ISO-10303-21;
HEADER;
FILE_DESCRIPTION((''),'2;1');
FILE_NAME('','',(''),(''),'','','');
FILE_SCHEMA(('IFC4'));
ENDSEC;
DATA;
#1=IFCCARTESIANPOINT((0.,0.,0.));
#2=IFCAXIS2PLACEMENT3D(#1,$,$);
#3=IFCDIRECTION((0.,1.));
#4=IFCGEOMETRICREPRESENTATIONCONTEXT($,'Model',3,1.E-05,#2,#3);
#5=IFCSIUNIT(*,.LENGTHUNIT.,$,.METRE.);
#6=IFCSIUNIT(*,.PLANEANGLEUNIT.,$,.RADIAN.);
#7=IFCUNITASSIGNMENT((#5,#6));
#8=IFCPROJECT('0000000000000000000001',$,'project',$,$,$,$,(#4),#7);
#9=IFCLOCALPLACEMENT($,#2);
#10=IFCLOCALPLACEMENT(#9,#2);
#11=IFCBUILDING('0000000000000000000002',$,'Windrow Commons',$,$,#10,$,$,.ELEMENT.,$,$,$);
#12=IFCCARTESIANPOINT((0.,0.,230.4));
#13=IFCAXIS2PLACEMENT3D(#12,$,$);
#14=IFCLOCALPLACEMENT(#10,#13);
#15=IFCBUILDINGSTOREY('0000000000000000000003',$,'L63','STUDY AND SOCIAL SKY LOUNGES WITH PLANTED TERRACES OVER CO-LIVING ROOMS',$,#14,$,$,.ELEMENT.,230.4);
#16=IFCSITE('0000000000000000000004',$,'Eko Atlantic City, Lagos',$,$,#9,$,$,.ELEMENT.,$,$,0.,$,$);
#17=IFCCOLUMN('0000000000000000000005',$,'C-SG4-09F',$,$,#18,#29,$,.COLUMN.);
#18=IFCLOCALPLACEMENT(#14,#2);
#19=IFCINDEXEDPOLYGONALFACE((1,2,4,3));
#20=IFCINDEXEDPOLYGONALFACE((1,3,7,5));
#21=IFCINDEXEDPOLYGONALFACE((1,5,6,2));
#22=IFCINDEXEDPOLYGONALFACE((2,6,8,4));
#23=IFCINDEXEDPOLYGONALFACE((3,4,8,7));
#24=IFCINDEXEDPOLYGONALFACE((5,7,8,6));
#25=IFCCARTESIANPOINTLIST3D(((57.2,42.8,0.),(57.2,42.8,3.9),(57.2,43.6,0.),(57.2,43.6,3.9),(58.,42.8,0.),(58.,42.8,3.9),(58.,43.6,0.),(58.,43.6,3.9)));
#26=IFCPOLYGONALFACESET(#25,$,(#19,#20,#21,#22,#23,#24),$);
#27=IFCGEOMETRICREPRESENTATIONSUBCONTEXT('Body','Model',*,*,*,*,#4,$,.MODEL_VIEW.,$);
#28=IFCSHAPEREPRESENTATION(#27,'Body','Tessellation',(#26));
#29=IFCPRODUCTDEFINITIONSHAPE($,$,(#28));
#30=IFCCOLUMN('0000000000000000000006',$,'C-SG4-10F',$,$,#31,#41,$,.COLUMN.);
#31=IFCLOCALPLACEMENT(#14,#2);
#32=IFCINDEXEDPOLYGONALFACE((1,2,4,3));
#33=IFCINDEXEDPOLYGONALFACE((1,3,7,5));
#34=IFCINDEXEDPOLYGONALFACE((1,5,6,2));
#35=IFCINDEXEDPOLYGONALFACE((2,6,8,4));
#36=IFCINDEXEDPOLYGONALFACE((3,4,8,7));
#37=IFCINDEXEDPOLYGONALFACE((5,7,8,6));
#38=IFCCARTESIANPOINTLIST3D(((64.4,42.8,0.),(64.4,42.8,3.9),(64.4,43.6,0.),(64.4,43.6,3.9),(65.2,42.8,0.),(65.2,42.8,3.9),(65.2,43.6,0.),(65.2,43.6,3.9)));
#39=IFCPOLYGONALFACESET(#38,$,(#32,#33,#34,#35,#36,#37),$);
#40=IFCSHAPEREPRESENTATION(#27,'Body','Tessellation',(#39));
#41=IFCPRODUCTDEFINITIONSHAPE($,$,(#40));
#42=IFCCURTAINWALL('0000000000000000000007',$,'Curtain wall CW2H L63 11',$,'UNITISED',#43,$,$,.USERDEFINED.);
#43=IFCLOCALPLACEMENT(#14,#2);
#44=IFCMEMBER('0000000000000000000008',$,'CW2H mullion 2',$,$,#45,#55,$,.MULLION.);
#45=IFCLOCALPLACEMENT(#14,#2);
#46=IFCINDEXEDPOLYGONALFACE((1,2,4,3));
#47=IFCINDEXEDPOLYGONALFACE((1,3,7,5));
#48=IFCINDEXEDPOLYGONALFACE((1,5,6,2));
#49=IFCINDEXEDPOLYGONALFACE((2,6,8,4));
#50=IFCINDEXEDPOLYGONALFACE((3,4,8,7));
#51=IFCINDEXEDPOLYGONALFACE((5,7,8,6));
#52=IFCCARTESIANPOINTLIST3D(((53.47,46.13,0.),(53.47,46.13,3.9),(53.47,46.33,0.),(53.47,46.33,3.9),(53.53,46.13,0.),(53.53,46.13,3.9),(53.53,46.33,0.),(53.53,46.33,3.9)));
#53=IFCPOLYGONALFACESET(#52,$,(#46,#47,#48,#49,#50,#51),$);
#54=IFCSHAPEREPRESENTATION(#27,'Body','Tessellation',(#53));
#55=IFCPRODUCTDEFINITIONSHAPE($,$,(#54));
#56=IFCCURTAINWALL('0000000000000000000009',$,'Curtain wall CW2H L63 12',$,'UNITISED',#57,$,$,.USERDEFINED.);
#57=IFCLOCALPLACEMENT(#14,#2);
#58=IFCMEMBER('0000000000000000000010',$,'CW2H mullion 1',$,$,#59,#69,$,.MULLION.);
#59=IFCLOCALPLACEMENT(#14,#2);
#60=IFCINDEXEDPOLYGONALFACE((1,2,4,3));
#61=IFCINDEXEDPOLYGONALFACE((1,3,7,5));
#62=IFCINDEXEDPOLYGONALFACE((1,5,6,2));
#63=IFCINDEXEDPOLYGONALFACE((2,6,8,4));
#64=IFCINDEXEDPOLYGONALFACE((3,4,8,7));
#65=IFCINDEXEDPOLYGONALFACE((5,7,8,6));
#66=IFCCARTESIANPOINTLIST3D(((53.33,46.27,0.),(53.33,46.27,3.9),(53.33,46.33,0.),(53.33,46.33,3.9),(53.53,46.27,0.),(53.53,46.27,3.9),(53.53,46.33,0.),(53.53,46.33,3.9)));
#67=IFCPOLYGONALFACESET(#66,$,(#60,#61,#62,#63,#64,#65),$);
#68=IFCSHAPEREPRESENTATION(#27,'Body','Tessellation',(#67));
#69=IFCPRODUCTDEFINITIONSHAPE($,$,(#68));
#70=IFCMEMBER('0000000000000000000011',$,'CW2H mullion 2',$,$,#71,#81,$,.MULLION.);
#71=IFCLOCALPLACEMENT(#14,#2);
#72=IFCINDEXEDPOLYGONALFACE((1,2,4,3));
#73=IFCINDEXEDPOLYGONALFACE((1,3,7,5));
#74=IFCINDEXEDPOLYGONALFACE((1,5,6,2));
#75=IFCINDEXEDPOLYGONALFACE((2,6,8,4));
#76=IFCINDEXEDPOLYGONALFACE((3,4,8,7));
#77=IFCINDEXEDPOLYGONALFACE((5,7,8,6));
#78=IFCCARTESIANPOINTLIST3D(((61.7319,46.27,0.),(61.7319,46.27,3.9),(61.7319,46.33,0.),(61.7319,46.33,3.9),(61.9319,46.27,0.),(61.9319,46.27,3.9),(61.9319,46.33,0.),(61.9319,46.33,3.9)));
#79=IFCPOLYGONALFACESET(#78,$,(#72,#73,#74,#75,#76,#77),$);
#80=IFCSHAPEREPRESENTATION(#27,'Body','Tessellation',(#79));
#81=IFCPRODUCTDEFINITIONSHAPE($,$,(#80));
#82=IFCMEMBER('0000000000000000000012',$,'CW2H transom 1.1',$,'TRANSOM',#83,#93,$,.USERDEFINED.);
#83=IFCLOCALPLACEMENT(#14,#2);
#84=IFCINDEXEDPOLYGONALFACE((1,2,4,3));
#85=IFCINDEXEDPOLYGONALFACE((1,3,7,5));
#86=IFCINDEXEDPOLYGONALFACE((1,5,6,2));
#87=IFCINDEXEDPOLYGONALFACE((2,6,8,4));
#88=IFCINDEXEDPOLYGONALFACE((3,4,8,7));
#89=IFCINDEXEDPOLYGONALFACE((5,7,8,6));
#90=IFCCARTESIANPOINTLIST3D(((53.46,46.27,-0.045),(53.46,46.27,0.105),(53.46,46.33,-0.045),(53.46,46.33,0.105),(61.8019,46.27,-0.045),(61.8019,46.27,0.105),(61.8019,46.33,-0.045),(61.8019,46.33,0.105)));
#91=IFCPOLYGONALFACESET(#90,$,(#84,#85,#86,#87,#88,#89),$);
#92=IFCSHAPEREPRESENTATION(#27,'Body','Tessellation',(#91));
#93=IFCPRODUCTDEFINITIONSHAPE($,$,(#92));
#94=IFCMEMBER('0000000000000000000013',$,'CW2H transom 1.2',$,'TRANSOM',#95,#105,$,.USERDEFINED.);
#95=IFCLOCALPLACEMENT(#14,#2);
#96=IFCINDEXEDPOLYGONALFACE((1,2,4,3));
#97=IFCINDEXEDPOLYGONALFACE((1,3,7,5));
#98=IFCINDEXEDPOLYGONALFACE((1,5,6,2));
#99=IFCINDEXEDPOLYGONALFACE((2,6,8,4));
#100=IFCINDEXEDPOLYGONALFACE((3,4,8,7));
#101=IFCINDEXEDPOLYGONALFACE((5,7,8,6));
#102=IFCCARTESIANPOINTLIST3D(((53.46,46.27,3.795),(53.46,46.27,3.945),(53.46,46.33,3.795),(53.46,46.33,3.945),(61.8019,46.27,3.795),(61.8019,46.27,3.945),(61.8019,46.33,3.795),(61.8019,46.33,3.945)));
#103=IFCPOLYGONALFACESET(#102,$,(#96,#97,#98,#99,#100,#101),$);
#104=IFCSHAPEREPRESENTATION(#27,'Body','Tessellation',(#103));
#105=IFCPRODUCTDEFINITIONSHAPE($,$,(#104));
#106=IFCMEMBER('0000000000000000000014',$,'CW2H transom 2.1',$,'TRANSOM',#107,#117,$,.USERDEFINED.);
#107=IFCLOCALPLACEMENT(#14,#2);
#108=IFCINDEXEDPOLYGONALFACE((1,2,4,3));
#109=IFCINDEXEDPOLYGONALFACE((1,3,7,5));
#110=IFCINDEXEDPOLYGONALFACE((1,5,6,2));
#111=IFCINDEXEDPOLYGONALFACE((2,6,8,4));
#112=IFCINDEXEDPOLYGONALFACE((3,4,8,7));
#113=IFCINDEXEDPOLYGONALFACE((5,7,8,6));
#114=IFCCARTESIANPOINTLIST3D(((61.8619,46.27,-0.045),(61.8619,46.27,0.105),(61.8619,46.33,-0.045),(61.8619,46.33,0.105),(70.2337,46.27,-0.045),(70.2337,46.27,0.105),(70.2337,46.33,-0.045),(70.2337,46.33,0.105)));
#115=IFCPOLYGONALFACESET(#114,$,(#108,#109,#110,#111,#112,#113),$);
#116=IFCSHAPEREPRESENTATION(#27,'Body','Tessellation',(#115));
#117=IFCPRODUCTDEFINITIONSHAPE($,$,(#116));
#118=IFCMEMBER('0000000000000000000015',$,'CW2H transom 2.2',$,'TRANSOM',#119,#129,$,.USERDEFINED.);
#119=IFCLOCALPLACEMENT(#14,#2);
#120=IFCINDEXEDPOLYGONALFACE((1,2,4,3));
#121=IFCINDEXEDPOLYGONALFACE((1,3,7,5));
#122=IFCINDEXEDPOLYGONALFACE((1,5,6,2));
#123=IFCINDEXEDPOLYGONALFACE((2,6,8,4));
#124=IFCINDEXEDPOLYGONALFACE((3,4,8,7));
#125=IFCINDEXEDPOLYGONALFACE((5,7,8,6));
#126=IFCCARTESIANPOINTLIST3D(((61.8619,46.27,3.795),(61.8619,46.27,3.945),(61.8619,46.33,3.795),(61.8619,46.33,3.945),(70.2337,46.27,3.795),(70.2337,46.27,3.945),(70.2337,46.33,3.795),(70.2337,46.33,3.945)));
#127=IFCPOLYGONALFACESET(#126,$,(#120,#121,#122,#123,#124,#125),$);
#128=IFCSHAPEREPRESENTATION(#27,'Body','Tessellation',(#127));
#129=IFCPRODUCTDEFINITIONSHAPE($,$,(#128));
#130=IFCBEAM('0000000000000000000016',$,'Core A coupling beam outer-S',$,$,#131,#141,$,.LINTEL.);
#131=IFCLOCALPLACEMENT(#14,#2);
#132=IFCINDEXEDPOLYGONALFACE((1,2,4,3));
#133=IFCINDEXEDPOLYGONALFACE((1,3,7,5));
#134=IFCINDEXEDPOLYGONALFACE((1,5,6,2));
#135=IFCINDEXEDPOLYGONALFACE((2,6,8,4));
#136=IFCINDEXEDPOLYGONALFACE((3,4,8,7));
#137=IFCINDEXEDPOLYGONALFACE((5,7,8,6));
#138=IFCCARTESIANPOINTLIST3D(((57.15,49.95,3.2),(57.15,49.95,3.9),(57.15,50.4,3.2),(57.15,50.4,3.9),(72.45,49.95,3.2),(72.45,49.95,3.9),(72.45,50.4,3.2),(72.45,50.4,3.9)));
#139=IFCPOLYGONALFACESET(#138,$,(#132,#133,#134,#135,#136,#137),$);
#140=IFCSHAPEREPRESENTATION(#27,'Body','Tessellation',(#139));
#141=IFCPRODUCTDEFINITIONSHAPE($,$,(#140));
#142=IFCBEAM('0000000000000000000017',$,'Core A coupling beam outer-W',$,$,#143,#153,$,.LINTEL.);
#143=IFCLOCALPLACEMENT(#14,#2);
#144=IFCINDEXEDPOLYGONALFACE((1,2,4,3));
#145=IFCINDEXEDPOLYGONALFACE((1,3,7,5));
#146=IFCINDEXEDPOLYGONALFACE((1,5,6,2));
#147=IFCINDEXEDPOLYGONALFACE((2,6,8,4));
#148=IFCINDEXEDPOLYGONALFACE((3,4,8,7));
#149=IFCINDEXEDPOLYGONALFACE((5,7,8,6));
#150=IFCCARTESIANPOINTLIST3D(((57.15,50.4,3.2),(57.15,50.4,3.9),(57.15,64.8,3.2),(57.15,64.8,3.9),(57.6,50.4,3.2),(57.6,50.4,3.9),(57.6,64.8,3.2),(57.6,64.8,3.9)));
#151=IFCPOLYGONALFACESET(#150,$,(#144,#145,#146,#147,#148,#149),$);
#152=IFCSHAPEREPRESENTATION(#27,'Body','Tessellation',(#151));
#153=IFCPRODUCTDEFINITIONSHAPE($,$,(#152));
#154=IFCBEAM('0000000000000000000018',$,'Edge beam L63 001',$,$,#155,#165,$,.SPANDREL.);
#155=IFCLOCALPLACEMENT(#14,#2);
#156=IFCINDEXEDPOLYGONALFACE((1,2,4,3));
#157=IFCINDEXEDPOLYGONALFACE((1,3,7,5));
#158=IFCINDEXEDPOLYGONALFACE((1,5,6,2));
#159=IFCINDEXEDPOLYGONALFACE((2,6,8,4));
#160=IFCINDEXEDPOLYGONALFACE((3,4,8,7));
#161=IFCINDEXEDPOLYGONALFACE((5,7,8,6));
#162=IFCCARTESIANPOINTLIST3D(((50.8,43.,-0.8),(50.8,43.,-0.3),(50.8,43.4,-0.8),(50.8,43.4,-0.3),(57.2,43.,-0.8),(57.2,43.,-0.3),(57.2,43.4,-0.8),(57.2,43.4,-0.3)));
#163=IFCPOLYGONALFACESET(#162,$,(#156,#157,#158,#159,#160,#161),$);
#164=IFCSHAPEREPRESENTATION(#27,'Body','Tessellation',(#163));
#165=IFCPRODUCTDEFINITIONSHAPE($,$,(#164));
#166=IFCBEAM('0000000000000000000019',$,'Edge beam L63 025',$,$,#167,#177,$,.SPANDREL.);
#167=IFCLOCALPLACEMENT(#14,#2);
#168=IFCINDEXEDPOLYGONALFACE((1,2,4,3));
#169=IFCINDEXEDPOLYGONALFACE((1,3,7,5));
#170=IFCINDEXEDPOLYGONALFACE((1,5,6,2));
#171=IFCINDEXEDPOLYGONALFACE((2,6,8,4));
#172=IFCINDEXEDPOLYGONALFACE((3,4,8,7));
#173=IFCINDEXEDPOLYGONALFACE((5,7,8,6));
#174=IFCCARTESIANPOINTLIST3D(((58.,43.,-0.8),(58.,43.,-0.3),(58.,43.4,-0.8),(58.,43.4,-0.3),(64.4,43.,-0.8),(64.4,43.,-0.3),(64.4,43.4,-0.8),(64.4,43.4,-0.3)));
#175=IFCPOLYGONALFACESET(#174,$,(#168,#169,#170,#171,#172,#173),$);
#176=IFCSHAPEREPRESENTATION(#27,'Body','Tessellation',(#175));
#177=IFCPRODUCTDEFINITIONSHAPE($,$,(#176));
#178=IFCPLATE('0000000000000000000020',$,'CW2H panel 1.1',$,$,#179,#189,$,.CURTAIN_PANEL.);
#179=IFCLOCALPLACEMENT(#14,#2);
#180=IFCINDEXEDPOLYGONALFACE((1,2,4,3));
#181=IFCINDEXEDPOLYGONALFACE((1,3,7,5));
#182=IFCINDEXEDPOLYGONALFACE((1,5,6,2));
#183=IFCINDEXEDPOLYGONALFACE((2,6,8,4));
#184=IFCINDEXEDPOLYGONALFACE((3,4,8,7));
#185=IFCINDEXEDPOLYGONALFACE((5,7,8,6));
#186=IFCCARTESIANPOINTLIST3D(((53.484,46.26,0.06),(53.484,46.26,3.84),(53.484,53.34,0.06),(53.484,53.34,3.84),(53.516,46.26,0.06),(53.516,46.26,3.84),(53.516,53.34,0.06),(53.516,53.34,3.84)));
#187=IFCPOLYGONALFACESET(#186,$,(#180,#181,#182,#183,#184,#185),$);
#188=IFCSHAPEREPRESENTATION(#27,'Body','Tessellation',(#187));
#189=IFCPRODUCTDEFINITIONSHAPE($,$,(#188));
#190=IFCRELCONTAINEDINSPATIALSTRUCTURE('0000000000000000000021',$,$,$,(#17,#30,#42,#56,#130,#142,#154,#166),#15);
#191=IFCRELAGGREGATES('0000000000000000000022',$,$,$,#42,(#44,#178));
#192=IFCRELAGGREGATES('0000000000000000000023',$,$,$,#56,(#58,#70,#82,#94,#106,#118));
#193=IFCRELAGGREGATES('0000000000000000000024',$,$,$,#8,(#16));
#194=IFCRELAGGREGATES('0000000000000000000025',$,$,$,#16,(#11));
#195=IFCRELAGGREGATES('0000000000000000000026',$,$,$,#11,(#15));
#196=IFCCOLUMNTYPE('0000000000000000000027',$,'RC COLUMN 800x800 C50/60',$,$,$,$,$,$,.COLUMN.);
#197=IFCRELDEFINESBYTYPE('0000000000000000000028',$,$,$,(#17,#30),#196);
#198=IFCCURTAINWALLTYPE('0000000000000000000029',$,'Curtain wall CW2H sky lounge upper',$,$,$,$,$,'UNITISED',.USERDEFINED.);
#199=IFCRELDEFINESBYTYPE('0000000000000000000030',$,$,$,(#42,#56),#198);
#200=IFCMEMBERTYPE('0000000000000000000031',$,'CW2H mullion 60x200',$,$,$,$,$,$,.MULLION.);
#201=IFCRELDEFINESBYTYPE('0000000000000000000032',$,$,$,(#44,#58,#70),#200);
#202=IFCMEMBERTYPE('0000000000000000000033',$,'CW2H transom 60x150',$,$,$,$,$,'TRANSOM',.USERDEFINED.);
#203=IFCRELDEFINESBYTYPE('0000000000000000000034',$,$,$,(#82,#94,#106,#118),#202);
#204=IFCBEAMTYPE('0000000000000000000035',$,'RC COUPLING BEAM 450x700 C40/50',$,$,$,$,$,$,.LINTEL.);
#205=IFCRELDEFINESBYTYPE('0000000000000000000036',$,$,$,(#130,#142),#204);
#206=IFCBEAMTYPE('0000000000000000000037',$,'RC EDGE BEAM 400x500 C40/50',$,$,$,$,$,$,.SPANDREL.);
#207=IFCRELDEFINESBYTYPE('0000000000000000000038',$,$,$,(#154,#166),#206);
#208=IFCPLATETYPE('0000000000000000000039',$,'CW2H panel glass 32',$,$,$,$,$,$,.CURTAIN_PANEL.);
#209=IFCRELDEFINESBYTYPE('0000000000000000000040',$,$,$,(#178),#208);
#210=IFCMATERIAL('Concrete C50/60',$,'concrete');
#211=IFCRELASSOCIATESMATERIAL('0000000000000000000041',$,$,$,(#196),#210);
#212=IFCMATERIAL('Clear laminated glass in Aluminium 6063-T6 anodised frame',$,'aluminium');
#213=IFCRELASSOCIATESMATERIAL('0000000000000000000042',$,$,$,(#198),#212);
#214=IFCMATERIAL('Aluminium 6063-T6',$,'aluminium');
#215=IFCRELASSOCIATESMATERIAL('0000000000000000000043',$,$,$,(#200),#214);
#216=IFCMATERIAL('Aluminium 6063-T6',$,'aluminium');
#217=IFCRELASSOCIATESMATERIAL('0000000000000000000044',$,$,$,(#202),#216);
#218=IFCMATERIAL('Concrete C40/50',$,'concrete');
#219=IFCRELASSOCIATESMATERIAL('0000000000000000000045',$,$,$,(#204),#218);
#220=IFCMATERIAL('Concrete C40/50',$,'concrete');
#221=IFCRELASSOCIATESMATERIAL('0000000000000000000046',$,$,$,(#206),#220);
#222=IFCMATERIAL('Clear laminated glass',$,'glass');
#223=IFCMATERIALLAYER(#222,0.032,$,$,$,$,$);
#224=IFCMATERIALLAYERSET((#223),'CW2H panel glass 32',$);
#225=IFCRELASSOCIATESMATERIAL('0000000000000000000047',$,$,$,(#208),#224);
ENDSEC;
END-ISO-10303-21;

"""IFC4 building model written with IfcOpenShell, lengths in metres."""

from ifc_helpers import new_model, si_unit, direction, frame, origin, origin_2d, place, context, subcontext, project, spatial, rectangle, extrude, material, layer, layer_set, material_profile, profile_set, type_object, element, aggregate, save


model = new_model("IFC4")

# Units and contexts
model_context = context("Model", 3, precision=1e-05, world=origin(), true_north=direction((0.0, 1.0)))
body_context = subcontext(model_context, "Body", "Model", "MODEL_VIEW")
ifc_project = project(units=[si_unit("LENGTHUNIT", "METRE"), si_unit("PLANEANGLEUNIT", "RADIAN")], contexts=[model_context])

# Site, building, storey
site_placement = place(None, origin())
site = spatial("IfcSite", under=ifc_project, at=site_placement, Name="Eko Atlantic City, Lagos", CompositionType="ELEMENT", RefElevation=0.0)
building_placement = place(site_placement, origin())
building = spatial("IfcBuilding", under=site, at=building_placement, Name="Windrow Commons", CompositionType="ELEMENT")
storey_placement = place(building_placement, frame((0.0, 0.0, 230.4)))
storey = spatial("IfcBuildingStorey", under=building, at=storey_placement, Name="L63", Description="STUDY AND SOCIAL SKY LOUNGES WITH PLANTED TERRACES OVER CO-LIVING ROOMS", CompositionType="ELEMENT", Elevation=230.4)

# Columns
ifc_material_1 = material(Name="Concrete C50/60", Category="concrete")
ifc_material_profile_1 = material_profile(ifc_material_1, rectangle(XDim=0.8, YDim=0.8, at=origin_2d()))
ifc_profile_set_1 = profile_set([ifc_material_profile_1], Name="Concrete C50/60")
column_type = type_object("IfcColumnType", Name="RC COLUMN 800x800 C50/60", PredefinedType="COLUMN", material=ifc_profile_set_1)
for number, where, z_axis, x_axis, name in (
    (1, (57.6, 43.2, 0.0), (0.0, 0.0, 1.0), (1.0, 0.0, 0.0), "C-SG4-09F"),
    (2, (64.8, 43.2, 0.0), (0.0, 0.0, 1.0), (1.0, 0.0, 0.0), "C-SG4-10F"),
):
    element("IfcColumn", number, at=place(storey_placement, frame(where, z_axis=z_axis, x_axis=x_axis)), inside=storey, type_object=column_type, Name=name, PredefinedType="COLUMN", context=body_context, shape_type="SweptSolid", body=[
        extrude(rectangle(XDim=0.8, YDim=0.8, at=origin_2d()), origin(), (0.0, 0.0, 1.0), 3.9),
    ])

# Curtain wall, member
ifc_material_2 = material(Name="Clear laminated glass in Aluminium 6063-T6 anodised frame", Category="aluminium")
curtain_wall_type = type_object("IfcCurtainWallType", Name="Curtain wall CW2H sky lounge upper", ElementType="UNITISED", PredefinedType="USERDEFINED", material=ifc_material_2)
placement = place(storey_placement, origin())
curtain_wall_1 = element("IfcCurtainWall", 3, at=placement, inside=storey, type_object=curtain_wall_type, Name="Curtain wall CW2H L63 11", ObjectType="UNITISED", PredefinedType="USERDEFINED")
ifc_material_3 = material(Name="Aluminium 6063-T6", Category="aluminium")
ifc_material_profile_2 = material_profile(ifc_material_3, rectangle(XDim=0.06, YDim=0.2, at=origin_2d()))
ifc_profile_set_2 = profile_set([ifc_material_profile_2], Name="Aluminium 6063-T6")
member_type_1 = type_object("IfcMemberType", Name="CW2H mullion 60x200", PredefinedType="MULLION", material=ifc_profile_set_2)
member_1_placement = place(storey_placement, frame((53.5, 46.23, 0.0), z_axis=(0.0, 0.0, 1.0), x_axis=(1.0, 0.0, 0.0)))
member_1 = element("IfcMember", 4, at=member_1_placement, type_object=member_type_1, Name="CW2H mullion 2", PredefinedType="MULLION", context=body_context, shape_type="SweptSolid", body=[
    extrude(rectangle(XDim=0.06, YDim=0.2, at=origin_2d()), origin(), (0.0, 0.0, 1.0), 3.9),
])

# Curtain wall, members
curtain_wall_2 = element("IfcCurtainWall", 5, at=placement, inside=storey, type_object=curtain_wall_type, Name="Curtain wall CW2H L63 12", ObjectType="UNITISED", PredefinedType="USERDEFINED")
member_2_placement = place(storey_placement, frame((53.43, 46.3, 0.0), z_axis=(0.0, 0.0, 1.0), x_axis=(0.0, 1.0, 0.0)))
member_2 = element("IfcMember", 6, at=member_2_placement, type_object=member_type_1, Name="CW2H mullion 1", PredefinedType="MULLION", context=body_context, shape_type="SweptSolid", body=[
    extrude(rectangle(XDim=0.06, YDim=0.2, at=origin_2d()), origin(), (0.0, 0.0, 1.0), 3.9),
])
member_3_placement = place(storey_placement, frame((61.8319, 46.3, 0.0), z_axis=(0.0, 0.0, 1.0), x_axis=(0.0, 1.0, 0.0)))
member_3 = element("IfcMember", 7, at=member_3_placement, type_object=member_type_1, Name="CW2H mullion 2", PredefinedType="MULLION", context=body_context, shape_type="SweptSolid", body=[
    extrude(rectangle(XDim=0.06, YDim=0.2, at=origin_2d()), origin(), (0.0, 0.0, 1.0), 3.9),
])
ifc_material_4 = material(Name="Aluminium 6063-T6", Category="aluminium")
ifc_material_profile_3 = material_profile(ifc_material_4, rectangle(XDim=0.06, YDim=0.15, at=origin_2d()))
ifc_profile_set_3 = profile_set([ifc_material_profile_3], Name="Aluminium 6063-T6")
member_type_2 = type_object("IfcMemberType", Name="CW2H transom 60x150", ElementType="TRANSOM", PredefinedType="USERDEFINED", material=ifc_profile_set_3)
member_4_placement = place(storey_placement, frame((53.46, 46.3, 0.03), z_axis=(1.0, 0.0, 0.0), x_axis=(0.0, 1.0, 0.0)))
member_4 = element("IfcMember", 8, at=member_4_placement, type_object=member_type_2, Name="CW2H transom 1.1", ObjectType="TRANSOM", PredefinedType="USERDEFINED", context=body_context, shape_type="SweptSolid", body=[
    extrude(rectangle(XDim=0.06, YDim=0.15, at=origin_2d()), origin(), (0.0, 0.0, 1.0), 8.3419),
])
member_5_placement = place(storey_placement, frame((53.46, 46.3, 3.87), z_axis=(1.0, 0.0, 0.0), x_axis=(0.0, 1.0, 0.0)))
member_5 = element("IfcMember", 9, at=member_5_placement, type_object=member_type_2, Name="CW2H transom 1.2", ObjectType="TRANSOM", PredefinedType="USERDEFINED", context=body_context, shape_type="SweptSolid", body=[
    extrude(rectangle(XDim=0.06, YDim=0.15, at=origin_2d()), origin(), (0.0, 0.0, 1.0), 8.3419),
])
member_6_placement = place(storey_placement, frame((61.8619, 46.3, 0.03), z_axis=(1.0, 0.0, 0.0), x_axis=(0.0, 1.0, 0.0)))
member_6 = element("IfcMember", 10, at=member_6_placement, type_object=member_type_2, Name="CW2H transom 2.1", ObjectType="TRANSOM", PredefinedType="USERDEFINED", context=body_context, shape_type="SweptSolid", body=[
    extrude(rectangle(XDim=0.06, YDim=0.15, at=origin_2d()), origin(), (0.0, 0.0, 1.0), 8.3718),
])
member_7_placement = place(storey_placement, frame((61.8619, 46.3, 3.87), z_axis=(1.0, 0.0, 0.0), x_axis=(0.0, 1.0, 0.0)))
member_7 = element("IfcMember", 11, at=member_7_placement, type_object=member_type_2, Name="CW2H transom 2.2", ObjectType="TRANSOM", PredefinedType="USERDEFINED", context=body_context, shape_type="SweptSolid", body=[
    extrude(rectangle(XDim=0.06, YDim=0.15, at=origin_2d()), origin(), (0.0, 0.0, 1.0), 8.3718),
])

# Beams
ifc_material_5 = material(Name="Concrete C40/50", Category="concrete")
ifc_material_profile_4 = material_profile(ifc_material_5, rectangle(XDim=0.45, YDim=0.7, at=origin_2d()))
ifc_profile_set_4 = profile_set([ifc_material_profile_4], Name="Concrete C40/50")
beam_type_1 = type_object("IfcBeamType", Name="RC COUPLING BEAM 450x700 C40/50", PredefinedType="LINTEL", material=ifc_profile_set_4)
beam_1_placement = place(storey_placement, frame((57.15, 50.175, 3.55), z_axis=(1.0, 0.0, 0.0), x_axis=(0.0, 1.0, 0.0)))
element("IfcBeam", 12, at=beam_1_placement, inside=storey, type_object=beam_type_1, Name="Core A coupling beam outer-S", PredefinedType="LINTEL", context=body_context, shape_type="SweptSolid", body=[
    extrude(rectangle(XDim=0.45, YDim=0.7, at=origin_2d()), origin(), (0.0, 0.0, 1.0), 15.3),
])
beam_2_placement = place(storey_placement, frame((57.375, 50.4, 3.55), z_axis=(0.0, 1.0, 0.0), x_axis=(-1.0, 0.0, 0.0)))
element("IfcBeam", 13, at=beam_2_placement, inside=storey, type_object=beam_type_1, Name="Core A coupling beam outer-W", PredefinedType="LINTEL", context=body_context, shape_type="SweptSolid", body=[
    extrude(rectangle(XDim=0.45, YDim=0.7, at=origin_2d()), origin(), (0.0, 0.0, 1.0), 14.4),
])
ifc_material_6 = material(Name="Concrete C40/50", Category="concrete")
ifc_material_profile_5 = material_profile(ifc_material_6, rectangle(XDim=0.4, YDim=0.5, at=origin_2d()))
ifc_profile_set_5 = profile_set([ifc_material_profile_5], Name="Concrete C40/50")
beam_type_2 = type_object("IfcBeamType", Name="RC EDGE BEAM 400x500 C40/50", PredefinedType="SPANDREL", material=ifc_profile_set_5)
for number, where, z_axis, x_axis, name in (
    (14, (57.2, 43.2, -0.55), (-1.0, 0.0, 0.0), (0.0, -1.0, 0.0), "Edge beam L63 001"),
    (15, (64.4, 43.2, -0.55), (-1.0, 0.0, 0.0), (0.0, -1.0, 0.0), "Edge beam L63 025"),
):
    element("IfcBeam", number, at=place(storey_placement, frame(where, z_axis=z_axis, x_axis=x_axis)), inside=storey, type_object=beam_type_2, Name=name, PredefinedType="SPANDREL", context=body_context, shape_type="SweptSolid", body=[
        extrude(rectangle(XDim=0.4, YDim=0.5, at=origin_2d()), origin(), (0.0, 0.0, 1.0), 6.4),
    ])

# Plate
ifc_material_7 = material(Name="Clear laminated glass", Category="glass")
ifc_layer_1 = layer(ifc_material_7, 0.032)
ifc_layer_set_1 = layer_set([ifc_layer_1], Name="CW2H panel glass 32")
plate_type = type_object("IfcPlateType", Name="CW2H panel glass 32", PredefinedType="CURTAIN_PANEL", material=ifc_layer_set_1)
plate_1_placement = place(storey_placement, frame((53.5, 49.8, 0.06), z_axis=(0.0, 0.0, 1.0), x_axis=(0.0, -1.0, 0.0)))
plate_1 = element("IfcPlate", 16, at=plate_1_placement, type_object=plate_type, Name="CW2H panel 1.1", PredefinedType="CURTAIN_PANEL", context=body_context, shape_type="SweptSolid", body=[
    extrude(rectangle(XDim=7.08, YDim=0.032, at=origin_2d()), origin(), (0.0, 0.0, 1.0), 3.78),
])
aggregate(curtain_wall_1, [member_1, plate_1])
aggregate(curtain_wall_2, [member_2, member_3, member_4, member_5, member_6, member_7])

save(model, "model.ifc")
